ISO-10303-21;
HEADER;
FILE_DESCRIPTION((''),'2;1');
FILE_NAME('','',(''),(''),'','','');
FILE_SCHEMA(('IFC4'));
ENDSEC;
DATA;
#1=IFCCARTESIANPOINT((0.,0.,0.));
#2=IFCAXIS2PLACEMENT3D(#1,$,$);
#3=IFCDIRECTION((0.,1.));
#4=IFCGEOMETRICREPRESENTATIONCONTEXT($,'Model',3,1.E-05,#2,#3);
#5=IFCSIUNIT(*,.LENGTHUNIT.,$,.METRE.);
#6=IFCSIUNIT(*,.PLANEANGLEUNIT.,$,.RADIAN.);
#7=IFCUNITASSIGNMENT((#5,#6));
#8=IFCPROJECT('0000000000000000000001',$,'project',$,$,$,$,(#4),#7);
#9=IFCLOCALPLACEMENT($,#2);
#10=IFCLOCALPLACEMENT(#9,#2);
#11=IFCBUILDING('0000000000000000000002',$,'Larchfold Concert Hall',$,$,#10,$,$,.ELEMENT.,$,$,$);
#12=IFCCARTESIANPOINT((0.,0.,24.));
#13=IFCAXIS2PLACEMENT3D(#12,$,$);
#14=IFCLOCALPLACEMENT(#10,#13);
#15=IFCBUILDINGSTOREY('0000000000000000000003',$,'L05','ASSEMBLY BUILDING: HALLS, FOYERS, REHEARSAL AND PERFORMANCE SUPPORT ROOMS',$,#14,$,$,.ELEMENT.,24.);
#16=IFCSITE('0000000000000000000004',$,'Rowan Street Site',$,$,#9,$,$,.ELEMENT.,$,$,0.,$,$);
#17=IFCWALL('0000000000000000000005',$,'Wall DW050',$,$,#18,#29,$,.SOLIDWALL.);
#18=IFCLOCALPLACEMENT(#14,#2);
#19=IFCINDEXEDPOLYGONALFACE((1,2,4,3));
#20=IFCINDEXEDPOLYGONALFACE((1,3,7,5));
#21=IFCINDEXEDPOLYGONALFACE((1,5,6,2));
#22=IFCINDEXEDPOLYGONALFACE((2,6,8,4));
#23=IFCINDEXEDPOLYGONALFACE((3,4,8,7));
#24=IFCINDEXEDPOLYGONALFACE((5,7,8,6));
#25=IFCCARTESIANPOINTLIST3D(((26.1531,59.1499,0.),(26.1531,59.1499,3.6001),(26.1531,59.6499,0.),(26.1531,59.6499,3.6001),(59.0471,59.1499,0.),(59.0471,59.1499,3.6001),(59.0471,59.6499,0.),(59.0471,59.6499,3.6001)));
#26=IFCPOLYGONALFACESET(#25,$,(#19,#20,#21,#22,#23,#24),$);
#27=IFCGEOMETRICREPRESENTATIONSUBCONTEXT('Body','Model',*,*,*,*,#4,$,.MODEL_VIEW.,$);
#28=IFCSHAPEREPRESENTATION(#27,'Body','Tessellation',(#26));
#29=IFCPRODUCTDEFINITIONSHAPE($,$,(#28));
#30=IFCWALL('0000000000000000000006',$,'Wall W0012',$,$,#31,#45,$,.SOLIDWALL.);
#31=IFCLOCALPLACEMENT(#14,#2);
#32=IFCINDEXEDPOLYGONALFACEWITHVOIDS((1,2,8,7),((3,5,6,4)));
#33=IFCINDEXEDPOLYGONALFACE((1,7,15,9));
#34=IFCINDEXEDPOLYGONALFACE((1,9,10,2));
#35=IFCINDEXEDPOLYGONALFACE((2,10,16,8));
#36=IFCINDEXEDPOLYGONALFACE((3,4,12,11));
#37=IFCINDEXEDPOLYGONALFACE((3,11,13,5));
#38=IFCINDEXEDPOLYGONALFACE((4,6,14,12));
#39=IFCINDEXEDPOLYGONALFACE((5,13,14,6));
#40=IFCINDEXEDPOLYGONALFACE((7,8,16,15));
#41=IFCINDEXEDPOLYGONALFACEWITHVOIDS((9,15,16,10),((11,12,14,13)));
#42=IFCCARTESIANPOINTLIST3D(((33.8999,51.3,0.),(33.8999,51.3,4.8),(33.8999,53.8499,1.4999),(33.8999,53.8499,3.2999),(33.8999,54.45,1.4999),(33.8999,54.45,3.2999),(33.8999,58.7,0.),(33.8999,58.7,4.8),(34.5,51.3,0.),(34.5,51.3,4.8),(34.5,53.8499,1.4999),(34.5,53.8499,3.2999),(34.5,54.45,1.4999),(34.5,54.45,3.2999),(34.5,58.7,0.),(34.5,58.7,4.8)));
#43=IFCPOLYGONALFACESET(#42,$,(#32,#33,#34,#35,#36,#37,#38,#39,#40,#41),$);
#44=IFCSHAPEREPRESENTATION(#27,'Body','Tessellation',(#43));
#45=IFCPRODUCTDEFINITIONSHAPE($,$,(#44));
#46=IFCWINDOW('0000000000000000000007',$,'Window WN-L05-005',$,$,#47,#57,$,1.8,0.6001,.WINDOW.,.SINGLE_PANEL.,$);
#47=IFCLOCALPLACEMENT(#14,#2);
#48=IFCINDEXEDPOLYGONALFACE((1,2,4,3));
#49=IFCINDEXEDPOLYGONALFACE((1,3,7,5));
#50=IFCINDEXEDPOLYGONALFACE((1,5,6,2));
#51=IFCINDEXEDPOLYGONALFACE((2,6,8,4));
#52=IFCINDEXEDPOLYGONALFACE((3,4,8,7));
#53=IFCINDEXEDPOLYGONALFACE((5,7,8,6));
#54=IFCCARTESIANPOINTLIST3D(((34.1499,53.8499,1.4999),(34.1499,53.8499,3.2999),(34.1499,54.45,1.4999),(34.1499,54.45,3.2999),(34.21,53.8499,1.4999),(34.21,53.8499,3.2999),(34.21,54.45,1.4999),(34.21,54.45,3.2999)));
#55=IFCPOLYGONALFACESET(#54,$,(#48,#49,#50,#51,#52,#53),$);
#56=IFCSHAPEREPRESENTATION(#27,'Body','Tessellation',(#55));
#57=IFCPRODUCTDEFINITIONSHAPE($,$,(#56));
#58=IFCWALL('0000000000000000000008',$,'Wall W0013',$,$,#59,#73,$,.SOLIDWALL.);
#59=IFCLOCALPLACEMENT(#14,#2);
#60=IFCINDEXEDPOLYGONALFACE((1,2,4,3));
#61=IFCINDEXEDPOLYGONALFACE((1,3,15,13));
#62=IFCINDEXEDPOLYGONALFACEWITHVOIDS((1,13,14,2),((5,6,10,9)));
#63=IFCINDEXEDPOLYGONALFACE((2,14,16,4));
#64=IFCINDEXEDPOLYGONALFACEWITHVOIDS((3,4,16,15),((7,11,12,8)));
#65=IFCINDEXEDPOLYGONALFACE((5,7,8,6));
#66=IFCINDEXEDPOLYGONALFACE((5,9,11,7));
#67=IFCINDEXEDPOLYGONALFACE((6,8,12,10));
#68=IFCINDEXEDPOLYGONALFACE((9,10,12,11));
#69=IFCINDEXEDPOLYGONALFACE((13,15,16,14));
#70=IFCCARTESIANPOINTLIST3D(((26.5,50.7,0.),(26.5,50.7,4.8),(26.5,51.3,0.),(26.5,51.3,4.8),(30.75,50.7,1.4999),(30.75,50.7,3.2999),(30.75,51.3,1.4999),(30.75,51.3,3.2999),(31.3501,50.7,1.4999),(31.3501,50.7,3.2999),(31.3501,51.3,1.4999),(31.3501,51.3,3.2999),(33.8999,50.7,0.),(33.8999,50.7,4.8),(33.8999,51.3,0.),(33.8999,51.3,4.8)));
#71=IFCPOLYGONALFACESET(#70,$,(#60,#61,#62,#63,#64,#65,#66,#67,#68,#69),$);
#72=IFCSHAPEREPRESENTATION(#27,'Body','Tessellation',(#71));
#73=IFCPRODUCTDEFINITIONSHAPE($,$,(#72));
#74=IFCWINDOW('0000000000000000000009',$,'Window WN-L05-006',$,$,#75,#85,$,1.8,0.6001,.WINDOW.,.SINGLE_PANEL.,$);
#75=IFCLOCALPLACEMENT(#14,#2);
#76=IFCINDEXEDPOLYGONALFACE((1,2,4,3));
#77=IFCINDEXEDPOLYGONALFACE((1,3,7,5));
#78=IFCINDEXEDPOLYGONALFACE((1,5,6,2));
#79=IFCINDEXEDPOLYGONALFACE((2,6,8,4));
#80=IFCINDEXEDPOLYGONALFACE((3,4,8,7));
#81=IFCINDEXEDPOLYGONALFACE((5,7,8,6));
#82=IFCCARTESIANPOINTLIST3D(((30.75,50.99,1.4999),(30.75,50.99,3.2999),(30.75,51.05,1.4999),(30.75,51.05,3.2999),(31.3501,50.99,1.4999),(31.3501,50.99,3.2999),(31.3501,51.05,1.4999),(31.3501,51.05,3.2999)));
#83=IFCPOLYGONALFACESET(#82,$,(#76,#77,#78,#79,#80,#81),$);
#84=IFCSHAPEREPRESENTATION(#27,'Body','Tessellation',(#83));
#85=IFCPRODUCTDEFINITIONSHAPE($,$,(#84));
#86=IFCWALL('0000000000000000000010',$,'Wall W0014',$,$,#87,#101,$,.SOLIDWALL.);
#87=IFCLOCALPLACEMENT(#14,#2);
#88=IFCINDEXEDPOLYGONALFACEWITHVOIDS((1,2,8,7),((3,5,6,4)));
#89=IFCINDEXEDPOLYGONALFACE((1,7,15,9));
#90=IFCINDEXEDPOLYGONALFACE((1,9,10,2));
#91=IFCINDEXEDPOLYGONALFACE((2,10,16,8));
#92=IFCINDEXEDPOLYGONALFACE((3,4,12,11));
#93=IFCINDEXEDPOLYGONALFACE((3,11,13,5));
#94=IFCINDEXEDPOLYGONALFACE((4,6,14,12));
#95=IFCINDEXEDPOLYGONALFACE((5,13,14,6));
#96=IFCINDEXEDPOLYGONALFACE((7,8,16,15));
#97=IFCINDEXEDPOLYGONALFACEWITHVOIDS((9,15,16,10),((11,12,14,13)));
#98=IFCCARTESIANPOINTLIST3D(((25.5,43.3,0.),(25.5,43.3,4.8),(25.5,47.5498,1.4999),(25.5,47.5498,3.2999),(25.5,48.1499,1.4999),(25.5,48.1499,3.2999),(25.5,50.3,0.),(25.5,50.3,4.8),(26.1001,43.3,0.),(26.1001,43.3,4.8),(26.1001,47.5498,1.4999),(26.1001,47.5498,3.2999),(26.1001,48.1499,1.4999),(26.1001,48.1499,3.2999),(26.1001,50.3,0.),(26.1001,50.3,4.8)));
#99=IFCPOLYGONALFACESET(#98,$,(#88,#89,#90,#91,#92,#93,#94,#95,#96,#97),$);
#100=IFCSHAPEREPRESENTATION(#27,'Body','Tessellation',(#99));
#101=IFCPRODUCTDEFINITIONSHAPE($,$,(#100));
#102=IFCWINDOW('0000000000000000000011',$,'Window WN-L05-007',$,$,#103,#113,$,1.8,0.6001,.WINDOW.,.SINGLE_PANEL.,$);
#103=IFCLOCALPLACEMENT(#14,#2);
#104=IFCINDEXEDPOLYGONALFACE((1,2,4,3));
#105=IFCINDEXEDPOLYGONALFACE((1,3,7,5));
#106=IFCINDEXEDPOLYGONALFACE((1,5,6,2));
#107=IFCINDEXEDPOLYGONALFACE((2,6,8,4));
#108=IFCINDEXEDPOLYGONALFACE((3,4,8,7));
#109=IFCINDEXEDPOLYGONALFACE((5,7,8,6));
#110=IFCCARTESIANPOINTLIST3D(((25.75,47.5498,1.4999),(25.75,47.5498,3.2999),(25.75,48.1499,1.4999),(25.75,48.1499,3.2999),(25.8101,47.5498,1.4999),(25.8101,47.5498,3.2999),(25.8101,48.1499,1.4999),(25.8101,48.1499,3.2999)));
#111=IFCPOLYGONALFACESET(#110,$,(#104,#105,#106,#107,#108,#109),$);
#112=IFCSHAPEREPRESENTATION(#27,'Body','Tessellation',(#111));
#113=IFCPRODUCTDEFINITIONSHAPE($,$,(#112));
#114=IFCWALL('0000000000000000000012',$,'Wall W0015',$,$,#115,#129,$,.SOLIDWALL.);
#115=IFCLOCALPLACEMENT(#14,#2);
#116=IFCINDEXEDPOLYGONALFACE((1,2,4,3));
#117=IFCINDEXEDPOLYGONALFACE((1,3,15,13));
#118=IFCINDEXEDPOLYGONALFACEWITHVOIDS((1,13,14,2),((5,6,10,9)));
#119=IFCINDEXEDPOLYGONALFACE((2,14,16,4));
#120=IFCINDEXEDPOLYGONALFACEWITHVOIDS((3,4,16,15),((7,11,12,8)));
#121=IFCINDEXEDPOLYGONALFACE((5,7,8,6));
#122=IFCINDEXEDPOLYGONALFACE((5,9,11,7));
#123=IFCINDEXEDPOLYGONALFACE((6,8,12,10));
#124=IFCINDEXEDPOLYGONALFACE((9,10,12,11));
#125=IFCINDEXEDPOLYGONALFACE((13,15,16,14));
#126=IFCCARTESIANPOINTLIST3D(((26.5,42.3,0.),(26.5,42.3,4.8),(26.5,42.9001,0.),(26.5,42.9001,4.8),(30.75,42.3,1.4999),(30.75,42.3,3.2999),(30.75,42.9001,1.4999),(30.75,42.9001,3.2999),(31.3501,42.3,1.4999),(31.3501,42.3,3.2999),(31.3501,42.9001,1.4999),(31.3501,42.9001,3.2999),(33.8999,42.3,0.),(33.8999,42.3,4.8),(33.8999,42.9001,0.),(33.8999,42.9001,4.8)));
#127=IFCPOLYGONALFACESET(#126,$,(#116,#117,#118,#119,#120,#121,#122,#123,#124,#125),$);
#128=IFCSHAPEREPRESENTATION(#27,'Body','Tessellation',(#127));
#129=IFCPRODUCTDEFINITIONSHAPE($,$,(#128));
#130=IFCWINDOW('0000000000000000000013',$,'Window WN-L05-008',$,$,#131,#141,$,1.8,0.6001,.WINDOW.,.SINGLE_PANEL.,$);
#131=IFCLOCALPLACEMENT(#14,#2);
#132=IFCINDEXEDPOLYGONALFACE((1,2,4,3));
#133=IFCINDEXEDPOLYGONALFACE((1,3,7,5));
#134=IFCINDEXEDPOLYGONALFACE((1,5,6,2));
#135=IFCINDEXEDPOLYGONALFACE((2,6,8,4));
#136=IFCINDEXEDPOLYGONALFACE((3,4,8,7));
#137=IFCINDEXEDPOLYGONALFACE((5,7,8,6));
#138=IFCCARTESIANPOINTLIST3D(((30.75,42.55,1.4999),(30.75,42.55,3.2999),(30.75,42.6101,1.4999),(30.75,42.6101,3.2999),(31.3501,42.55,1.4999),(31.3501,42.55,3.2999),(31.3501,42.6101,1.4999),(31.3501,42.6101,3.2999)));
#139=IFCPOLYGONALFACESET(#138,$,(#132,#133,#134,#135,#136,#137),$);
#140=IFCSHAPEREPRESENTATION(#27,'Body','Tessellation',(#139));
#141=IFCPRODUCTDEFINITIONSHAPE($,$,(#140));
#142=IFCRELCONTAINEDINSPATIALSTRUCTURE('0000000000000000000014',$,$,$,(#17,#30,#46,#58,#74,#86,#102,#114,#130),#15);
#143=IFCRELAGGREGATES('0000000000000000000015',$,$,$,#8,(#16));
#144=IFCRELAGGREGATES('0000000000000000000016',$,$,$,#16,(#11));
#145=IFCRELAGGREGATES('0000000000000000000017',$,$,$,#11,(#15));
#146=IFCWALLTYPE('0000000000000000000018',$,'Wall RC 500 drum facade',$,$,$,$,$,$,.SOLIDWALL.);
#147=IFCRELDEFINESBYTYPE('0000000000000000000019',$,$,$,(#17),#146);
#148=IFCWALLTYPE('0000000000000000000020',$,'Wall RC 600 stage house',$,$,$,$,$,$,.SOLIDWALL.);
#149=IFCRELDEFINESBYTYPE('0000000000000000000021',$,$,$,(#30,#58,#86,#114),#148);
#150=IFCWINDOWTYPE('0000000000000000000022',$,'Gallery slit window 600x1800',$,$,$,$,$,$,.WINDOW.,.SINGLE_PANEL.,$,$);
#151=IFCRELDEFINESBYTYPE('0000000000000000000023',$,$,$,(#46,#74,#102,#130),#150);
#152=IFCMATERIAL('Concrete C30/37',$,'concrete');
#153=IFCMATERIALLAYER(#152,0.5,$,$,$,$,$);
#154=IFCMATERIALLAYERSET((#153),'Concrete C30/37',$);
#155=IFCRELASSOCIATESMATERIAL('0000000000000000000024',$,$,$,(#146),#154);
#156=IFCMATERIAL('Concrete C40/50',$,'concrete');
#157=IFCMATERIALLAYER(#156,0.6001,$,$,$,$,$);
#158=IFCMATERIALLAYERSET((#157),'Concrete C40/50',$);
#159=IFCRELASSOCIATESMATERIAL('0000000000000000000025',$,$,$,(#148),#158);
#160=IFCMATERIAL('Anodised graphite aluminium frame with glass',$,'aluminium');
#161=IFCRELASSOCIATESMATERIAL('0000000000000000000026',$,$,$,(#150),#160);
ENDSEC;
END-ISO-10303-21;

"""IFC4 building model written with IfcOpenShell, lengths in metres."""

from ifc_helpers import new_model, si_unit, direction, frame, frame_2d, origin, place, context, subcontext, project, spatial, rectangle, extrude, material, layer, layer_set, type_object, element, fill, save


model = new_model("IFC4")

# Units and contexts
model_context = context("Model", 3, precision=1e-05, world=origin(), true_north=direction((0.0, 1.0)))
body_context = subcontext(model_context, "Body", "Model", "MODEL_VIEW")
ifc_project = project(units=[si_unit("LENGTHUNIT", "METRE"), si_unit("PLANEANGLEUNIT", "RADIAN")], contexts=[model_context])

# Site, building, storey
site_placement = place(None, origin())
site = spatial("IfcSite", under=ifc_project, at=site_placement, Name="Rowan Street Site", CompositionType="ELEMENT", RefElevation=0.0)
building_placement = place(site_placement, origin())
building = spatial("IfcBuilding", under=site, at=building_placement, Name="Larchfold Concert Hall", CompositionType="ELEMENT")
storey_placement = place(building_placement, frame((0.0, 0.0, 24.0)))
storey = spatial("IfcBuildingStorey", under=building, at=storey_placement, Name="L05", Description="ASSEMBLY BUILDING: HALLS, FOYERS, REHEARSAL AND PERFORMANCE SUPPORT ROOMS", CompositionType="ELEMENT", Elevation=24.0)

# Wall
ifc_material_1 = material(Name="Concrete C30/37", Category="concrete")
ifc_layer_1 = layer(ifc_material_1, 0.5)
ifc_layer_set_1 = layer_set([ifc_layer_1], Name="Concrete C30/37")
wall_type_1 = type_object("IfcWallType", Name="Wall RC 500 drum facade", PredefinedType="SOLIDWALL", material=ifc_layer_set_1)
wall_1_placement = place(storey_placement, frame((26.1531, 59.3999, 0.0), z_axis=(0.0, 0.0, 1.0), x_axis=(1.0, 0.0, 0.0)))
element("IfcWall", 1, at=wall_1_placement, inside=storey, type_object=wall_type_1, Name="Wall DW050", PredefinedType="SOLIDWALL", context=body_context, shape_type="SweptSolid", body=[
    extrude(rectangle(XDim=32.894, YDim=0.5, at=frame_2d((16.447, 0.0))), origin(), (0.0, 0.0, 1.0), 3.6001),
])

# Walls, openings, windows
ifc_material_2 = material(Name="Concrete C40/50", Category="concrete")
ifc_layer_2 = layer(ifc_material_2, 0.6001)
ifc_layer_set_2 = layer_set([ifc_layer_2], Name="Concrete C40/50")
wall_type_2 = type_object("IfcWallType", Name="Wall RC 600 stage house", PredefinedType="SOLIDWALL", material=ifc_layer_set_2)
wall_2_placement = place(storey_placement, frame((34.2, 58.7, 0.0), z_axis=(0.0, 0.0, 1.0), x_axis=(0.0, -1.0, 0.0)))
wall_2 = element("IfcWall", 2, at=wall_2_placement, inside=storey, type_object=wall_type_2, Name="Wall W0012", PredefinedType="SOLIDWALL", context=body_context, shape_type="SweptSolid", body=[
    extrude(rectangle(XDim=7.3999, YDim=0.6001, at=frame_2d((3.7, 0.0))), origin(), (0.0, 0.0, 1.0), 4.8),
])
opening_1_placement = place(wall_2_placement, frame((4.25, 0.0, 1.5)))
opening_1 = element("IfcOpeningElement", 3, at=opening_1_placement, cuts=wall_2, PredefinedType="OPENING", context=body_context, shape_type="SweptSolid", body=[
    extrude(rectangle(XDim=0.6001, YDim=1.8, at=frame_2d((0.3, 0.8999))), frame((0.0, 0.3101, 0.0), z_axis=(0.0, -1.0, 0.0), x_axis=(1.0, 0.0, 0.0)), (0.0, 0.0, 1.0), 0.6201),
])
ifc_material_3 = material(Name="Anodised graphite aluminium frame with glass", Category="aluminium")
window_type = type_object("IfcWindowType", Name="Gallery slit window 600x1800", PartitioningType="SINGLE_PANEL", PredefinedType="WINDOW", material=ifc_material_3)
window_1_placement = place(opening_1_placement, origin())
window_1 = element("IfcWindow", 4, at=window_1_placement, inside=storey, type_object=window_type, Name="Window WN-L05-005", OverallHeight=1.8, OverallWidth=0.6001, PartitioningType="SINGLE_PANEL", PredefinedType="WINDOW", context=body_context, shape_type="SweptSolid", body=[
    extrude(rectangle(XDim=0.6001, YDim=1.8, at=frame_2d((0.3, 0.8999))), frame((0.0, 0.01, 0.0), z_axis=(0.0, -1.0, 0.0), x_axis=(1.0, 0.0, 0.0)), (0.0, 0.0, 1.0), 0.0601),
])
fill(opening_1, window_1)
wall_3_placement = place(storey_placement, frame((33.8999, 51.0, 0.0), z_axis=(0.0, 0.0, 1.0), x_axis=(-1.0, 0.0, 0.0)))
wall_3 = element("IfcWall", 5, at=wall_3_placement, inside=storey, type_object=wall_type_2, Name="Wall W0013", PredefinedType="SOLIDWALL", context=body_context, shape_type="SweptSolid", body=[
    extrude(rectangle(XDim=7.3999, YDim=0.6001, at=frame_2d((3.7, 0.0))), origin(), (0.0, 0.0, 1.0), 4.8),
])
opening_2_placement = place(wall_3_placement, frame((2.5498, 0.0, 1.5)))
opening_2 = element("IfcOpeningElement", 6, at=opening_2_placement, cuts=wall_3, PredefinedType="OPENING", context=body_context, shape_type="SweptSolid", body=[
    extrude(rectangle(XDim=0.6001, YDim=1.8, at=frame_2d((0.3, 0.8999))), frame((0.0, 0.3101, 0.0), z_axis=(0.0, -1.0, 0.0), x_axis=(1.0, 0.0, 0.0)), (0.0, 0.0, 1.0), 0.6201),
])
window_2_placement = place(opening_2_placement, origin())
window_2 = element("IfcWindow", 7, at=window_2_placement, inside=storey, type_object=window_type, Name="Window WN-L05-006", OverallHeight=1.8, OverallWidth=0.6001, PartitioningType="SINGLE_PANEL", PredefinedType="WINDOW", context=body_context, shape_type="SweptSolid", body=[
    extrude(rectangle(XDim=0.6001, YDim=1.8, at=frame_2d((0.3, 0.8999))), frame((0.0, 0.01, 0.0), z_axis=(0.0, -1.0, 0.0), x_axis=(1.0, 0.0, 0.0)), (0.0, 0.0, 1.0), 0.0601),
])
fill(opening_2, window_2)
wall_4_placement = place(storey_placement, frame((25.8, 50.3, 0.0), z_axis=(0.0, 0.0, 1.0), x_axis=(0.0, -1.0, 0.0)))
wall_4 = element("IfcWall", 8, at=wall_4_placement, inside=storey, type_object=wall_type_2, Name="Wall W0014", PredefinedType="SOLIDWALL", context=body_context, shape_type="SweptSolid", body=[
    extrude(rectangle(XDim=7.0, YDim=0.6001, at=frame_2d((3.5, 0.0))), origin(), (0.0, 0.0, 1.0), 4.8),
])
opening_3_placement = place(wall_4_placement, frame((2.1501, 0.0, 1.5)))
opening_3 = element("IfcOpeningElement", 9, at=opening_3_placement, cuts=wall_4, PredefinedType="OPENING", context=body_context, shape_type="SweptSolid", body=[
    extrude(rectangle(XDim=0.6001, YDim=1.8, at=frame_2d((0.3, 0.8999))), frame((0.0, 0.3101, 0.0), z_axis=(0.0, -1.0, 0.0), x_axis=(1.0, 0.0, 0.0)), (0.0, 0.0, 1.0), 0.6201),
])
window_3_placement = place(opening_3_placement, origin())
window_3 = element("IfcWindow", 10, at=window_3_placement, inside=storey, type_object=window_type, Name="Window WN-L05-007", OverallHeight=1.8, OverallWidth=0.6001, PartitioningType="SINGLE_PANEL", PredefinedType="WINDOW", context=body_context, shape_type="SweptSolid", body=[
    extrude(rectangle(XDim=0.6001, YDim=1.8, at=frame_2d((0.3, 0.8999))), frame((0.0, 0.01, 0.0), z_axis=(0.0, -1.0, 0.0), x_axis=(1.0, 0.0, 0.0)), (0.0, 0.0, 1.0), 0.0601),
])
fill(opening_3, window_3)
wall_5_placement = place(storey_placement, frame((26.5, 42.6001, 0.0), z_axis=(0.0, 0.0, 1.0), x_axis=(1.0, 0.0, 0.0)))
wall_5 = element("IfcWall", 11, at=wall_5_placement, inside=storey, type_object=wall_type_2, Name="Wall W0015", PredefinedType="SOLIDWALL", context=body_context, shape_type="SweptSolid", body=[
    extrude(rectangle(XDim=7.3999, YDim=0.6001, at=frame_2d((3.7, 0.0))), origin(), (0.0, 0.0, 1.0), 4.8),
])
opening_4_placement = place(wall_5_placement, frame((4.25, 0.0, 1.5)))
opening_4 = element("IfcOpeningElement", 12, at=opening_4_placement, cuts=wall_5, PredefinedType="OPENING", context=body_context, shape_type="SweptSolid", body=[
    extrude(rectangle(XDim=0.6001, YDim=1.8, at=frame_2d((0.3, 0.8999))), frame((0.0, 0.3101, 0.0), z_axis=(0.0, -1.0, 0.0), x_axis=(1.0, 0.0, 0.0)), (0.0, 0.0, 1.0), 0.6201),
])
window_4_placement = place(opening_4_placement, origin())
window_4 = element("IfcWindow", 13, at=window_4_placement, inside=storey, type_object=window_type, Name="Window WN-L05-008", OverallHeight=1.8, OverallWidth=0.6001, PartitioningType="SINGLE_PANEL", PredefinedType="WINDOW", context=body_context, shape_type="SweptSolid", body=[
    extrude(rectangle(XDim=0.6001, YDim=1.8, at=frame_2d((0.3, 0.8999))), frame((0.0, 0.01, 0.0), z_axis=(0.0, -1.0, 0.0), x_axis=(1.0, 0.0, 0.0)), (0.0, 0.0, 1.0), 0.0601),
])
fill(opening_4, window_4)

save(model, "model.ifc")
